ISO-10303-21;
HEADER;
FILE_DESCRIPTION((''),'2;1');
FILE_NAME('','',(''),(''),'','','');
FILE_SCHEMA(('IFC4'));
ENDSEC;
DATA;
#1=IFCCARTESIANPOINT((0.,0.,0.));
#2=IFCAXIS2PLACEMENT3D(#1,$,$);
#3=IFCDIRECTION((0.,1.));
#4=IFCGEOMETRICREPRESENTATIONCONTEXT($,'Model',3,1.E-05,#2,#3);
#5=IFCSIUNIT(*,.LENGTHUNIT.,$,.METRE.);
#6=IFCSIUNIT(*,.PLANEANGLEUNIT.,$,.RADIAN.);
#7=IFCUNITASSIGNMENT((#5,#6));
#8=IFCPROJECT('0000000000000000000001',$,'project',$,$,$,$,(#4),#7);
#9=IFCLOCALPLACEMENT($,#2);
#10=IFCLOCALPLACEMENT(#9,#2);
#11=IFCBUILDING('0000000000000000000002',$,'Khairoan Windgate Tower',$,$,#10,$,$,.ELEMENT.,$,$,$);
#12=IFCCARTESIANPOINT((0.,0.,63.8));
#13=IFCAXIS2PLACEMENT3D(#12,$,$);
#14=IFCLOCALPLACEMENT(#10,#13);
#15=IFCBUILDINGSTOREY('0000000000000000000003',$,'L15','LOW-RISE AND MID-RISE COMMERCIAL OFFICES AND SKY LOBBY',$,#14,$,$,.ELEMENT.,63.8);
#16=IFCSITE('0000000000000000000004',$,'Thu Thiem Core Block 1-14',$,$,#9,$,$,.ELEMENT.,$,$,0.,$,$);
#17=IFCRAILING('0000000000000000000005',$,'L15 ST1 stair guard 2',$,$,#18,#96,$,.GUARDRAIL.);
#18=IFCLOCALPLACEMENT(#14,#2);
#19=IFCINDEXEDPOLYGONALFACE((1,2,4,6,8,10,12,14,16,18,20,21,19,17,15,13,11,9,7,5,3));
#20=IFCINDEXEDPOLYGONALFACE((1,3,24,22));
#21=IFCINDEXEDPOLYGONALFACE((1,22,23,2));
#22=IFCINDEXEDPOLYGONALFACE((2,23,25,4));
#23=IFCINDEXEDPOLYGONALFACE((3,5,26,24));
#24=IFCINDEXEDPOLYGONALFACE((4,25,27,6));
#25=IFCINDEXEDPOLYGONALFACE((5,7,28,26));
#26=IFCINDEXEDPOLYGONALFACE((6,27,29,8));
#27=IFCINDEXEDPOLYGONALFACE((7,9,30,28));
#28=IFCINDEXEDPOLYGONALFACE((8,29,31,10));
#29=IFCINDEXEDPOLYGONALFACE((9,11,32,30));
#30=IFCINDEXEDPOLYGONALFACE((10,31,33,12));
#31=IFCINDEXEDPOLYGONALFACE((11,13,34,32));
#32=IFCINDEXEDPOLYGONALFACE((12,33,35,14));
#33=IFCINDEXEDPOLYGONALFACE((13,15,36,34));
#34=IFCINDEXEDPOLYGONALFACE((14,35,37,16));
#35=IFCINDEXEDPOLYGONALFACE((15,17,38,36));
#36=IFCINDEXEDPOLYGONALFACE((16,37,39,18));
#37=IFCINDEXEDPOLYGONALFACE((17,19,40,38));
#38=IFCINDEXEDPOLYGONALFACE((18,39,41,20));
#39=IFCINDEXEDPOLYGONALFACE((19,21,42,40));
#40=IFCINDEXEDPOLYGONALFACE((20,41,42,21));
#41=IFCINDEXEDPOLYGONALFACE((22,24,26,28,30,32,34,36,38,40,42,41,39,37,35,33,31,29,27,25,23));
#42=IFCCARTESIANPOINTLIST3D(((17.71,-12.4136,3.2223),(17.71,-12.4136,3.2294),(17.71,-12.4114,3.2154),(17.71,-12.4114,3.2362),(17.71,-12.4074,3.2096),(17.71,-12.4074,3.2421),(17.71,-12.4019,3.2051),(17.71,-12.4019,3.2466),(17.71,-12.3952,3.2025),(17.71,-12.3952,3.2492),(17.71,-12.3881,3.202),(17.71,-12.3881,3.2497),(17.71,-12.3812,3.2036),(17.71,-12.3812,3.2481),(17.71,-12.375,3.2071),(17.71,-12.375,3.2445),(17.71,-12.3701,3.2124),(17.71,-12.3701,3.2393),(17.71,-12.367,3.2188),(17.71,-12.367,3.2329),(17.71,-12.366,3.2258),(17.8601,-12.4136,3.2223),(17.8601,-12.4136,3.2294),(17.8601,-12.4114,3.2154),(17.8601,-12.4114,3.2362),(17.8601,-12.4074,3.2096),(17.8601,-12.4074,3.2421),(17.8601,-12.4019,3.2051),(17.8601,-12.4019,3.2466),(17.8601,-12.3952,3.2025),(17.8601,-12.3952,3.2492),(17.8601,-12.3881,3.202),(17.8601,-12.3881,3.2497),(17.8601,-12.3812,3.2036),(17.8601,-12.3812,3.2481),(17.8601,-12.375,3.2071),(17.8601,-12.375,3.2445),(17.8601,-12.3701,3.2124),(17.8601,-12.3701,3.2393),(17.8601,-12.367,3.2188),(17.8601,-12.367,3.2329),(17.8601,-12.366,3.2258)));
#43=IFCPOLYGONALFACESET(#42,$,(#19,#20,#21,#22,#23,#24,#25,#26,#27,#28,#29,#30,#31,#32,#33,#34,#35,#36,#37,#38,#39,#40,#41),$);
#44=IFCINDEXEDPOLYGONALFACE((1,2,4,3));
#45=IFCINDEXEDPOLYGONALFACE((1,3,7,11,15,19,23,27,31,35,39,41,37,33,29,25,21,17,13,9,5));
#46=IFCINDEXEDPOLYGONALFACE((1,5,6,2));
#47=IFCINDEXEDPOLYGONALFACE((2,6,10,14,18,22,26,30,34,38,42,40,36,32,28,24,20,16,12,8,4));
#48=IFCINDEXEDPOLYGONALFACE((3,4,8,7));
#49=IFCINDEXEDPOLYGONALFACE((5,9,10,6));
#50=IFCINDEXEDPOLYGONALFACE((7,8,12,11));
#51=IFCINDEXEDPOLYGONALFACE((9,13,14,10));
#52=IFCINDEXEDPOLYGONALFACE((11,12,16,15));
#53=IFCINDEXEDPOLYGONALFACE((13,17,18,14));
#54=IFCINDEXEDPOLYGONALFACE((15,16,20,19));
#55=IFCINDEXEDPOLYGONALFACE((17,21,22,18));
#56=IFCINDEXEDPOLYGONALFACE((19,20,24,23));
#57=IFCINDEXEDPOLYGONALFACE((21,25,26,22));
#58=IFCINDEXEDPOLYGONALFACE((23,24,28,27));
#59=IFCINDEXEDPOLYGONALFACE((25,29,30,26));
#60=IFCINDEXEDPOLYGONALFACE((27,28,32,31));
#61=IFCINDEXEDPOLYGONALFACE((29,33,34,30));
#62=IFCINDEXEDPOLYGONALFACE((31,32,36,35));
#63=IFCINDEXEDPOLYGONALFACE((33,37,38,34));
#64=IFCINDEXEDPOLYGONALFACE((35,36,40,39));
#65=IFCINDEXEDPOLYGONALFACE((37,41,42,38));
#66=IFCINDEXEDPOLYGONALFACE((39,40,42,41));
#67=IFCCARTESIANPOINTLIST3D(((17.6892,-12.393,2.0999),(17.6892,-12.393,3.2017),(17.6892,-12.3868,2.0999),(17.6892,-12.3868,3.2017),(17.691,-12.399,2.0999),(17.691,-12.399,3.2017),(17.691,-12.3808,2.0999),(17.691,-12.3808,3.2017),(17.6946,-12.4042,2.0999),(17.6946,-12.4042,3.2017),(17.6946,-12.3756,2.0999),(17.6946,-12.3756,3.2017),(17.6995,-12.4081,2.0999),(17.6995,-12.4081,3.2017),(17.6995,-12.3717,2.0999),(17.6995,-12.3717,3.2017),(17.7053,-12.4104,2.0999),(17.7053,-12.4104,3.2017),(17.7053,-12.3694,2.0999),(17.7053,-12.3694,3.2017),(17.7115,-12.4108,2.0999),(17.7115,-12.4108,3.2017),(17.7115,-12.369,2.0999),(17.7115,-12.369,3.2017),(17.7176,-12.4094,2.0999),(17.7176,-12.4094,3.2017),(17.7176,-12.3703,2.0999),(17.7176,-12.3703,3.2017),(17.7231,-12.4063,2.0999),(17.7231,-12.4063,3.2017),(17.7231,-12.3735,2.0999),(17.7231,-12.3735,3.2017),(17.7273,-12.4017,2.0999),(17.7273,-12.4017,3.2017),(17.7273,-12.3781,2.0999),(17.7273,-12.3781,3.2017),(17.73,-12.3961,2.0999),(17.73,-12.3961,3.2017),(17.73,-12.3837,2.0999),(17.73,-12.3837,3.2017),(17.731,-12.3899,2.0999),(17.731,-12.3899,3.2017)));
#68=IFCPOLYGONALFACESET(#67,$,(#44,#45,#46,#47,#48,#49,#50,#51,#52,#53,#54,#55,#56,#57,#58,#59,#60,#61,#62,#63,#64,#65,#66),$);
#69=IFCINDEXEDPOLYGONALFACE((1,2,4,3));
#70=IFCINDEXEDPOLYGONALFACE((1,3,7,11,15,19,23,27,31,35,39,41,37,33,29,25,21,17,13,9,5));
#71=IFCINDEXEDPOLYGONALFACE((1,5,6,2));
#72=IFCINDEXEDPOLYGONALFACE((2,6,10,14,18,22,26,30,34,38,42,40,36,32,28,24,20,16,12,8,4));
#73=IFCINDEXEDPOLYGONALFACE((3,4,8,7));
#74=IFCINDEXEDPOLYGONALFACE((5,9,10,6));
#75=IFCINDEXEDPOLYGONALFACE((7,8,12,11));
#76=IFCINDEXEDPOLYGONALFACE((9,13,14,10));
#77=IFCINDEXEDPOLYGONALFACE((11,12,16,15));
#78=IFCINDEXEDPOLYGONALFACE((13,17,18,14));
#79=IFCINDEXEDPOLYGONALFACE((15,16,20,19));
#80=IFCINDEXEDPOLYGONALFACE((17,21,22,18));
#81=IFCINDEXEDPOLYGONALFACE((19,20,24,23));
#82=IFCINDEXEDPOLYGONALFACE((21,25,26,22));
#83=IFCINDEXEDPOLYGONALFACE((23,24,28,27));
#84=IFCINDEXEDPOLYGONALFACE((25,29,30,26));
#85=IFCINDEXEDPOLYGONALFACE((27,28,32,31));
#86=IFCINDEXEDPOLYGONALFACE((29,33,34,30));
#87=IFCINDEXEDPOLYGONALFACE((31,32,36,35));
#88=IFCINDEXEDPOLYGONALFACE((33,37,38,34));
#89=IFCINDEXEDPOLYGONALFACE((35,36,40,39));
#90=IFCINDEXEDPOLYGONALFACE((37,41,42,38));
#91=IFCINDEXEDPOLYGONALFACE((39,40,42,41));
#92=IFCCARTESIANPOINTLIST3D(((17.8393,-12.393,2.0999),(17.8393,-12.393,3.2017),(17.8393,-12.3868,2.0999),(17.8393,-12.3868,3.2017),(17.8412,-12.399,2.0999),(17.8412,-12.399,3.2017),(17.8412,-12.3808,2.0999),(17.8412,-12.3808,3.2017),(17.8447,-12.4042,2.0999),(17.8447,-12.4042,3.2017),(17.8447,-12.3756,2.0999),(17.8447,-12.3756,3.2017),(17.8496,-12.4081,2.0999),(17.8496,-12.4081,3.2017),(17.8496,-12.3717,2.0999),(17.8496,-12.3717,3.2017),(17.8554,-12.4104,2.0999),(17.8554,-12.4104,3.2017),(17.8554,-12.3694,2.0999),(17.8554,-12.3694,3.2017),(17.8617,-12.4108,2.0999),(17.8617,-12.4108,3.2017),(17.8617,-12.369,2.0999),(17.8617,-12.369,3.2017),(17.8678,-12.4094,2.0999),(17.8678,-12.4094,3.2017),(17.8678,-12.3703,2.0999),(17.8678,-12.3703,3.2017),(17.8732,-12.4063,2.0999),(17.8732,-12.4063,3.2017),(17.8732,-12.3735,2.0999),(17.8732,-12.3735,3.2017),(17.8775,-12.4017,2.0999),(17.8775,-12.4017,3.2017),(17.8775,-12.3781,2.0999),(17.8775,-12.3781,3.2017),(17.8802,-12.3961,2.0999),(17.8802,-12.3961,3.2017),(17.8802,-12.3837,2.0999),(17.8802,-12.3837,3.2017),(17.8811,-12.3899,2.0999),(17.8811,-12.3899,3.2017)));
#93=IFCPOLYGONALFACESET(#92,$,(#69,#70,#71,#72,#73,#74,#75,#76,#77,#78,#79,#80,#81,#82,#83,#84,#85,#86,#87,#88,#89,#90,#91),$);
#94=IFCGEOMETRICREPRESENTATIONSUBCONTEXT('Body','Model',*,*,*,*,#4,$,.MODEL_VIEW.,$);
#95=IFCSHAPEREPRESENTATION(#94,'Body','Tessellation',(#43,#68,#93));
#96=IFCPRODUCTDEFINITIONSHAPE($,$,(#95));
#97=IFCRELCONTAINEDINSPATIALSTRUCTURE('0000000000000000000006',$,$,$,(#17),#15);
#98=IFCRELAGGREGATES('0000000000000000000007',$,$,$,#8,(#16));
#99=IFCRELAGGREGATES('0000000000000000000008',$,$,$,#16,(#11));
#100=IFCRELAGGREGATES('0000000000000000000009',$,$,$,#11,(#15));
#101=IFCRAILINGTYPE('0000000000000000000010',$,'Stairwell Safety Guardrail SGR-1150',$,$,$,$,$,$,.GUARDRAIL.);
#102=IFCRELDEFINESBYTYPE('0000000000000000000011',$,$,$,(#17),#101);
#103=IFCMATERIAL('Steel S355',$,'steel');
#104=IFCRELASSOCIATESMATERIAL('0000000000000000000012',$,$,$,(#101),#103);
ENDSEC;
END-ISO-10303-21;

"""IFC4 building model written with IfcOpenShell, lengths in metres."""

from ifc_helpers import new_model, si_unit, direction, frame, origin, origin_2d, place, context, subcontext, project, spatial, circle, extrude, material, type_object, element, save


model = new_model("IFC4")

# Units and contexts
model_context = context("Model", 3, precision=1e-05, world=origin(), true_north=direction((0.0, 1.0)))
body_context = subcontext(model_context, "Body", "Model", "MODEL_VIEW")
ifc_project = project(units=[si_unit("LENGTHUNIT", "METRE"), si_unit("PLANEANGLEUNIT", "RADIAN")], contexts=[model_context])

# Site, building, storey
site_placement = place(None, origin())
site = spatial("IfcSite", under=ifc_project, at=site_placement, Name="Thu Thiem Core Block 1-14", CompositionType="ELEMENT", RefElevation=0.0)
building_placement = place(site_placement, origin())
building = spatial("IfcBuilding", under=site, at=building_placement, Name="Khairoan Windgate Tower", CompositionType="ELEMENT")
storey_placement = place(building_placement, frame((0.0, 0.0, 63.8)))
storey = spatial("IfcBuildingStorey", under=building, at=storey_placement, Name="L15", Description="LOW-RISE AND MID-RISE COMMERCIAL OFFICES AND SKY LOBBY", CompositionType="ELEMENT", Elevation=63.8)

# Railing
ifc_material_1 = material(Name="Steel S355", Category="steel")
railing_type = type_object("IfcRailingType", Name="Stairwell Safety Guardrail SGR-1150", PredefinedType="GUARDRAIL", material=ifc_material_1)
railing_1_placement = place(storey_placement, frame((17.71, -12.3899, 2.0999)))
element("IfcRailing", 1, at=railing_1_placement, inside=storey, type_object=railing_type, Name="L15 ST1 stair guard 2", PredefinedType="GUARDRAIL", context=body_context, shape_type="SweptSolid", body=[
    extrude(circle(Radius=0.0239, at=origin_2d()), frame((0.0, 0.0, 1.126), z_axis=(1.0, 0.0, 0.0), x_axis=(0.0, 1.0, 0.0)), (0.0, 0.0, 1.0), 0.1501),
    extrude(circle(Radius=0.021, at=origin_2d()), origin(), (0.0, 0.0, 1.0), 1.1018),
    extrude(circle(Radius=0.021, at=origin_2d()), frame((0.1501, 0.0, 0.0)), (0.0, 0.0, 1.0), 1.1018),
])

save(model, "model.ifc")
